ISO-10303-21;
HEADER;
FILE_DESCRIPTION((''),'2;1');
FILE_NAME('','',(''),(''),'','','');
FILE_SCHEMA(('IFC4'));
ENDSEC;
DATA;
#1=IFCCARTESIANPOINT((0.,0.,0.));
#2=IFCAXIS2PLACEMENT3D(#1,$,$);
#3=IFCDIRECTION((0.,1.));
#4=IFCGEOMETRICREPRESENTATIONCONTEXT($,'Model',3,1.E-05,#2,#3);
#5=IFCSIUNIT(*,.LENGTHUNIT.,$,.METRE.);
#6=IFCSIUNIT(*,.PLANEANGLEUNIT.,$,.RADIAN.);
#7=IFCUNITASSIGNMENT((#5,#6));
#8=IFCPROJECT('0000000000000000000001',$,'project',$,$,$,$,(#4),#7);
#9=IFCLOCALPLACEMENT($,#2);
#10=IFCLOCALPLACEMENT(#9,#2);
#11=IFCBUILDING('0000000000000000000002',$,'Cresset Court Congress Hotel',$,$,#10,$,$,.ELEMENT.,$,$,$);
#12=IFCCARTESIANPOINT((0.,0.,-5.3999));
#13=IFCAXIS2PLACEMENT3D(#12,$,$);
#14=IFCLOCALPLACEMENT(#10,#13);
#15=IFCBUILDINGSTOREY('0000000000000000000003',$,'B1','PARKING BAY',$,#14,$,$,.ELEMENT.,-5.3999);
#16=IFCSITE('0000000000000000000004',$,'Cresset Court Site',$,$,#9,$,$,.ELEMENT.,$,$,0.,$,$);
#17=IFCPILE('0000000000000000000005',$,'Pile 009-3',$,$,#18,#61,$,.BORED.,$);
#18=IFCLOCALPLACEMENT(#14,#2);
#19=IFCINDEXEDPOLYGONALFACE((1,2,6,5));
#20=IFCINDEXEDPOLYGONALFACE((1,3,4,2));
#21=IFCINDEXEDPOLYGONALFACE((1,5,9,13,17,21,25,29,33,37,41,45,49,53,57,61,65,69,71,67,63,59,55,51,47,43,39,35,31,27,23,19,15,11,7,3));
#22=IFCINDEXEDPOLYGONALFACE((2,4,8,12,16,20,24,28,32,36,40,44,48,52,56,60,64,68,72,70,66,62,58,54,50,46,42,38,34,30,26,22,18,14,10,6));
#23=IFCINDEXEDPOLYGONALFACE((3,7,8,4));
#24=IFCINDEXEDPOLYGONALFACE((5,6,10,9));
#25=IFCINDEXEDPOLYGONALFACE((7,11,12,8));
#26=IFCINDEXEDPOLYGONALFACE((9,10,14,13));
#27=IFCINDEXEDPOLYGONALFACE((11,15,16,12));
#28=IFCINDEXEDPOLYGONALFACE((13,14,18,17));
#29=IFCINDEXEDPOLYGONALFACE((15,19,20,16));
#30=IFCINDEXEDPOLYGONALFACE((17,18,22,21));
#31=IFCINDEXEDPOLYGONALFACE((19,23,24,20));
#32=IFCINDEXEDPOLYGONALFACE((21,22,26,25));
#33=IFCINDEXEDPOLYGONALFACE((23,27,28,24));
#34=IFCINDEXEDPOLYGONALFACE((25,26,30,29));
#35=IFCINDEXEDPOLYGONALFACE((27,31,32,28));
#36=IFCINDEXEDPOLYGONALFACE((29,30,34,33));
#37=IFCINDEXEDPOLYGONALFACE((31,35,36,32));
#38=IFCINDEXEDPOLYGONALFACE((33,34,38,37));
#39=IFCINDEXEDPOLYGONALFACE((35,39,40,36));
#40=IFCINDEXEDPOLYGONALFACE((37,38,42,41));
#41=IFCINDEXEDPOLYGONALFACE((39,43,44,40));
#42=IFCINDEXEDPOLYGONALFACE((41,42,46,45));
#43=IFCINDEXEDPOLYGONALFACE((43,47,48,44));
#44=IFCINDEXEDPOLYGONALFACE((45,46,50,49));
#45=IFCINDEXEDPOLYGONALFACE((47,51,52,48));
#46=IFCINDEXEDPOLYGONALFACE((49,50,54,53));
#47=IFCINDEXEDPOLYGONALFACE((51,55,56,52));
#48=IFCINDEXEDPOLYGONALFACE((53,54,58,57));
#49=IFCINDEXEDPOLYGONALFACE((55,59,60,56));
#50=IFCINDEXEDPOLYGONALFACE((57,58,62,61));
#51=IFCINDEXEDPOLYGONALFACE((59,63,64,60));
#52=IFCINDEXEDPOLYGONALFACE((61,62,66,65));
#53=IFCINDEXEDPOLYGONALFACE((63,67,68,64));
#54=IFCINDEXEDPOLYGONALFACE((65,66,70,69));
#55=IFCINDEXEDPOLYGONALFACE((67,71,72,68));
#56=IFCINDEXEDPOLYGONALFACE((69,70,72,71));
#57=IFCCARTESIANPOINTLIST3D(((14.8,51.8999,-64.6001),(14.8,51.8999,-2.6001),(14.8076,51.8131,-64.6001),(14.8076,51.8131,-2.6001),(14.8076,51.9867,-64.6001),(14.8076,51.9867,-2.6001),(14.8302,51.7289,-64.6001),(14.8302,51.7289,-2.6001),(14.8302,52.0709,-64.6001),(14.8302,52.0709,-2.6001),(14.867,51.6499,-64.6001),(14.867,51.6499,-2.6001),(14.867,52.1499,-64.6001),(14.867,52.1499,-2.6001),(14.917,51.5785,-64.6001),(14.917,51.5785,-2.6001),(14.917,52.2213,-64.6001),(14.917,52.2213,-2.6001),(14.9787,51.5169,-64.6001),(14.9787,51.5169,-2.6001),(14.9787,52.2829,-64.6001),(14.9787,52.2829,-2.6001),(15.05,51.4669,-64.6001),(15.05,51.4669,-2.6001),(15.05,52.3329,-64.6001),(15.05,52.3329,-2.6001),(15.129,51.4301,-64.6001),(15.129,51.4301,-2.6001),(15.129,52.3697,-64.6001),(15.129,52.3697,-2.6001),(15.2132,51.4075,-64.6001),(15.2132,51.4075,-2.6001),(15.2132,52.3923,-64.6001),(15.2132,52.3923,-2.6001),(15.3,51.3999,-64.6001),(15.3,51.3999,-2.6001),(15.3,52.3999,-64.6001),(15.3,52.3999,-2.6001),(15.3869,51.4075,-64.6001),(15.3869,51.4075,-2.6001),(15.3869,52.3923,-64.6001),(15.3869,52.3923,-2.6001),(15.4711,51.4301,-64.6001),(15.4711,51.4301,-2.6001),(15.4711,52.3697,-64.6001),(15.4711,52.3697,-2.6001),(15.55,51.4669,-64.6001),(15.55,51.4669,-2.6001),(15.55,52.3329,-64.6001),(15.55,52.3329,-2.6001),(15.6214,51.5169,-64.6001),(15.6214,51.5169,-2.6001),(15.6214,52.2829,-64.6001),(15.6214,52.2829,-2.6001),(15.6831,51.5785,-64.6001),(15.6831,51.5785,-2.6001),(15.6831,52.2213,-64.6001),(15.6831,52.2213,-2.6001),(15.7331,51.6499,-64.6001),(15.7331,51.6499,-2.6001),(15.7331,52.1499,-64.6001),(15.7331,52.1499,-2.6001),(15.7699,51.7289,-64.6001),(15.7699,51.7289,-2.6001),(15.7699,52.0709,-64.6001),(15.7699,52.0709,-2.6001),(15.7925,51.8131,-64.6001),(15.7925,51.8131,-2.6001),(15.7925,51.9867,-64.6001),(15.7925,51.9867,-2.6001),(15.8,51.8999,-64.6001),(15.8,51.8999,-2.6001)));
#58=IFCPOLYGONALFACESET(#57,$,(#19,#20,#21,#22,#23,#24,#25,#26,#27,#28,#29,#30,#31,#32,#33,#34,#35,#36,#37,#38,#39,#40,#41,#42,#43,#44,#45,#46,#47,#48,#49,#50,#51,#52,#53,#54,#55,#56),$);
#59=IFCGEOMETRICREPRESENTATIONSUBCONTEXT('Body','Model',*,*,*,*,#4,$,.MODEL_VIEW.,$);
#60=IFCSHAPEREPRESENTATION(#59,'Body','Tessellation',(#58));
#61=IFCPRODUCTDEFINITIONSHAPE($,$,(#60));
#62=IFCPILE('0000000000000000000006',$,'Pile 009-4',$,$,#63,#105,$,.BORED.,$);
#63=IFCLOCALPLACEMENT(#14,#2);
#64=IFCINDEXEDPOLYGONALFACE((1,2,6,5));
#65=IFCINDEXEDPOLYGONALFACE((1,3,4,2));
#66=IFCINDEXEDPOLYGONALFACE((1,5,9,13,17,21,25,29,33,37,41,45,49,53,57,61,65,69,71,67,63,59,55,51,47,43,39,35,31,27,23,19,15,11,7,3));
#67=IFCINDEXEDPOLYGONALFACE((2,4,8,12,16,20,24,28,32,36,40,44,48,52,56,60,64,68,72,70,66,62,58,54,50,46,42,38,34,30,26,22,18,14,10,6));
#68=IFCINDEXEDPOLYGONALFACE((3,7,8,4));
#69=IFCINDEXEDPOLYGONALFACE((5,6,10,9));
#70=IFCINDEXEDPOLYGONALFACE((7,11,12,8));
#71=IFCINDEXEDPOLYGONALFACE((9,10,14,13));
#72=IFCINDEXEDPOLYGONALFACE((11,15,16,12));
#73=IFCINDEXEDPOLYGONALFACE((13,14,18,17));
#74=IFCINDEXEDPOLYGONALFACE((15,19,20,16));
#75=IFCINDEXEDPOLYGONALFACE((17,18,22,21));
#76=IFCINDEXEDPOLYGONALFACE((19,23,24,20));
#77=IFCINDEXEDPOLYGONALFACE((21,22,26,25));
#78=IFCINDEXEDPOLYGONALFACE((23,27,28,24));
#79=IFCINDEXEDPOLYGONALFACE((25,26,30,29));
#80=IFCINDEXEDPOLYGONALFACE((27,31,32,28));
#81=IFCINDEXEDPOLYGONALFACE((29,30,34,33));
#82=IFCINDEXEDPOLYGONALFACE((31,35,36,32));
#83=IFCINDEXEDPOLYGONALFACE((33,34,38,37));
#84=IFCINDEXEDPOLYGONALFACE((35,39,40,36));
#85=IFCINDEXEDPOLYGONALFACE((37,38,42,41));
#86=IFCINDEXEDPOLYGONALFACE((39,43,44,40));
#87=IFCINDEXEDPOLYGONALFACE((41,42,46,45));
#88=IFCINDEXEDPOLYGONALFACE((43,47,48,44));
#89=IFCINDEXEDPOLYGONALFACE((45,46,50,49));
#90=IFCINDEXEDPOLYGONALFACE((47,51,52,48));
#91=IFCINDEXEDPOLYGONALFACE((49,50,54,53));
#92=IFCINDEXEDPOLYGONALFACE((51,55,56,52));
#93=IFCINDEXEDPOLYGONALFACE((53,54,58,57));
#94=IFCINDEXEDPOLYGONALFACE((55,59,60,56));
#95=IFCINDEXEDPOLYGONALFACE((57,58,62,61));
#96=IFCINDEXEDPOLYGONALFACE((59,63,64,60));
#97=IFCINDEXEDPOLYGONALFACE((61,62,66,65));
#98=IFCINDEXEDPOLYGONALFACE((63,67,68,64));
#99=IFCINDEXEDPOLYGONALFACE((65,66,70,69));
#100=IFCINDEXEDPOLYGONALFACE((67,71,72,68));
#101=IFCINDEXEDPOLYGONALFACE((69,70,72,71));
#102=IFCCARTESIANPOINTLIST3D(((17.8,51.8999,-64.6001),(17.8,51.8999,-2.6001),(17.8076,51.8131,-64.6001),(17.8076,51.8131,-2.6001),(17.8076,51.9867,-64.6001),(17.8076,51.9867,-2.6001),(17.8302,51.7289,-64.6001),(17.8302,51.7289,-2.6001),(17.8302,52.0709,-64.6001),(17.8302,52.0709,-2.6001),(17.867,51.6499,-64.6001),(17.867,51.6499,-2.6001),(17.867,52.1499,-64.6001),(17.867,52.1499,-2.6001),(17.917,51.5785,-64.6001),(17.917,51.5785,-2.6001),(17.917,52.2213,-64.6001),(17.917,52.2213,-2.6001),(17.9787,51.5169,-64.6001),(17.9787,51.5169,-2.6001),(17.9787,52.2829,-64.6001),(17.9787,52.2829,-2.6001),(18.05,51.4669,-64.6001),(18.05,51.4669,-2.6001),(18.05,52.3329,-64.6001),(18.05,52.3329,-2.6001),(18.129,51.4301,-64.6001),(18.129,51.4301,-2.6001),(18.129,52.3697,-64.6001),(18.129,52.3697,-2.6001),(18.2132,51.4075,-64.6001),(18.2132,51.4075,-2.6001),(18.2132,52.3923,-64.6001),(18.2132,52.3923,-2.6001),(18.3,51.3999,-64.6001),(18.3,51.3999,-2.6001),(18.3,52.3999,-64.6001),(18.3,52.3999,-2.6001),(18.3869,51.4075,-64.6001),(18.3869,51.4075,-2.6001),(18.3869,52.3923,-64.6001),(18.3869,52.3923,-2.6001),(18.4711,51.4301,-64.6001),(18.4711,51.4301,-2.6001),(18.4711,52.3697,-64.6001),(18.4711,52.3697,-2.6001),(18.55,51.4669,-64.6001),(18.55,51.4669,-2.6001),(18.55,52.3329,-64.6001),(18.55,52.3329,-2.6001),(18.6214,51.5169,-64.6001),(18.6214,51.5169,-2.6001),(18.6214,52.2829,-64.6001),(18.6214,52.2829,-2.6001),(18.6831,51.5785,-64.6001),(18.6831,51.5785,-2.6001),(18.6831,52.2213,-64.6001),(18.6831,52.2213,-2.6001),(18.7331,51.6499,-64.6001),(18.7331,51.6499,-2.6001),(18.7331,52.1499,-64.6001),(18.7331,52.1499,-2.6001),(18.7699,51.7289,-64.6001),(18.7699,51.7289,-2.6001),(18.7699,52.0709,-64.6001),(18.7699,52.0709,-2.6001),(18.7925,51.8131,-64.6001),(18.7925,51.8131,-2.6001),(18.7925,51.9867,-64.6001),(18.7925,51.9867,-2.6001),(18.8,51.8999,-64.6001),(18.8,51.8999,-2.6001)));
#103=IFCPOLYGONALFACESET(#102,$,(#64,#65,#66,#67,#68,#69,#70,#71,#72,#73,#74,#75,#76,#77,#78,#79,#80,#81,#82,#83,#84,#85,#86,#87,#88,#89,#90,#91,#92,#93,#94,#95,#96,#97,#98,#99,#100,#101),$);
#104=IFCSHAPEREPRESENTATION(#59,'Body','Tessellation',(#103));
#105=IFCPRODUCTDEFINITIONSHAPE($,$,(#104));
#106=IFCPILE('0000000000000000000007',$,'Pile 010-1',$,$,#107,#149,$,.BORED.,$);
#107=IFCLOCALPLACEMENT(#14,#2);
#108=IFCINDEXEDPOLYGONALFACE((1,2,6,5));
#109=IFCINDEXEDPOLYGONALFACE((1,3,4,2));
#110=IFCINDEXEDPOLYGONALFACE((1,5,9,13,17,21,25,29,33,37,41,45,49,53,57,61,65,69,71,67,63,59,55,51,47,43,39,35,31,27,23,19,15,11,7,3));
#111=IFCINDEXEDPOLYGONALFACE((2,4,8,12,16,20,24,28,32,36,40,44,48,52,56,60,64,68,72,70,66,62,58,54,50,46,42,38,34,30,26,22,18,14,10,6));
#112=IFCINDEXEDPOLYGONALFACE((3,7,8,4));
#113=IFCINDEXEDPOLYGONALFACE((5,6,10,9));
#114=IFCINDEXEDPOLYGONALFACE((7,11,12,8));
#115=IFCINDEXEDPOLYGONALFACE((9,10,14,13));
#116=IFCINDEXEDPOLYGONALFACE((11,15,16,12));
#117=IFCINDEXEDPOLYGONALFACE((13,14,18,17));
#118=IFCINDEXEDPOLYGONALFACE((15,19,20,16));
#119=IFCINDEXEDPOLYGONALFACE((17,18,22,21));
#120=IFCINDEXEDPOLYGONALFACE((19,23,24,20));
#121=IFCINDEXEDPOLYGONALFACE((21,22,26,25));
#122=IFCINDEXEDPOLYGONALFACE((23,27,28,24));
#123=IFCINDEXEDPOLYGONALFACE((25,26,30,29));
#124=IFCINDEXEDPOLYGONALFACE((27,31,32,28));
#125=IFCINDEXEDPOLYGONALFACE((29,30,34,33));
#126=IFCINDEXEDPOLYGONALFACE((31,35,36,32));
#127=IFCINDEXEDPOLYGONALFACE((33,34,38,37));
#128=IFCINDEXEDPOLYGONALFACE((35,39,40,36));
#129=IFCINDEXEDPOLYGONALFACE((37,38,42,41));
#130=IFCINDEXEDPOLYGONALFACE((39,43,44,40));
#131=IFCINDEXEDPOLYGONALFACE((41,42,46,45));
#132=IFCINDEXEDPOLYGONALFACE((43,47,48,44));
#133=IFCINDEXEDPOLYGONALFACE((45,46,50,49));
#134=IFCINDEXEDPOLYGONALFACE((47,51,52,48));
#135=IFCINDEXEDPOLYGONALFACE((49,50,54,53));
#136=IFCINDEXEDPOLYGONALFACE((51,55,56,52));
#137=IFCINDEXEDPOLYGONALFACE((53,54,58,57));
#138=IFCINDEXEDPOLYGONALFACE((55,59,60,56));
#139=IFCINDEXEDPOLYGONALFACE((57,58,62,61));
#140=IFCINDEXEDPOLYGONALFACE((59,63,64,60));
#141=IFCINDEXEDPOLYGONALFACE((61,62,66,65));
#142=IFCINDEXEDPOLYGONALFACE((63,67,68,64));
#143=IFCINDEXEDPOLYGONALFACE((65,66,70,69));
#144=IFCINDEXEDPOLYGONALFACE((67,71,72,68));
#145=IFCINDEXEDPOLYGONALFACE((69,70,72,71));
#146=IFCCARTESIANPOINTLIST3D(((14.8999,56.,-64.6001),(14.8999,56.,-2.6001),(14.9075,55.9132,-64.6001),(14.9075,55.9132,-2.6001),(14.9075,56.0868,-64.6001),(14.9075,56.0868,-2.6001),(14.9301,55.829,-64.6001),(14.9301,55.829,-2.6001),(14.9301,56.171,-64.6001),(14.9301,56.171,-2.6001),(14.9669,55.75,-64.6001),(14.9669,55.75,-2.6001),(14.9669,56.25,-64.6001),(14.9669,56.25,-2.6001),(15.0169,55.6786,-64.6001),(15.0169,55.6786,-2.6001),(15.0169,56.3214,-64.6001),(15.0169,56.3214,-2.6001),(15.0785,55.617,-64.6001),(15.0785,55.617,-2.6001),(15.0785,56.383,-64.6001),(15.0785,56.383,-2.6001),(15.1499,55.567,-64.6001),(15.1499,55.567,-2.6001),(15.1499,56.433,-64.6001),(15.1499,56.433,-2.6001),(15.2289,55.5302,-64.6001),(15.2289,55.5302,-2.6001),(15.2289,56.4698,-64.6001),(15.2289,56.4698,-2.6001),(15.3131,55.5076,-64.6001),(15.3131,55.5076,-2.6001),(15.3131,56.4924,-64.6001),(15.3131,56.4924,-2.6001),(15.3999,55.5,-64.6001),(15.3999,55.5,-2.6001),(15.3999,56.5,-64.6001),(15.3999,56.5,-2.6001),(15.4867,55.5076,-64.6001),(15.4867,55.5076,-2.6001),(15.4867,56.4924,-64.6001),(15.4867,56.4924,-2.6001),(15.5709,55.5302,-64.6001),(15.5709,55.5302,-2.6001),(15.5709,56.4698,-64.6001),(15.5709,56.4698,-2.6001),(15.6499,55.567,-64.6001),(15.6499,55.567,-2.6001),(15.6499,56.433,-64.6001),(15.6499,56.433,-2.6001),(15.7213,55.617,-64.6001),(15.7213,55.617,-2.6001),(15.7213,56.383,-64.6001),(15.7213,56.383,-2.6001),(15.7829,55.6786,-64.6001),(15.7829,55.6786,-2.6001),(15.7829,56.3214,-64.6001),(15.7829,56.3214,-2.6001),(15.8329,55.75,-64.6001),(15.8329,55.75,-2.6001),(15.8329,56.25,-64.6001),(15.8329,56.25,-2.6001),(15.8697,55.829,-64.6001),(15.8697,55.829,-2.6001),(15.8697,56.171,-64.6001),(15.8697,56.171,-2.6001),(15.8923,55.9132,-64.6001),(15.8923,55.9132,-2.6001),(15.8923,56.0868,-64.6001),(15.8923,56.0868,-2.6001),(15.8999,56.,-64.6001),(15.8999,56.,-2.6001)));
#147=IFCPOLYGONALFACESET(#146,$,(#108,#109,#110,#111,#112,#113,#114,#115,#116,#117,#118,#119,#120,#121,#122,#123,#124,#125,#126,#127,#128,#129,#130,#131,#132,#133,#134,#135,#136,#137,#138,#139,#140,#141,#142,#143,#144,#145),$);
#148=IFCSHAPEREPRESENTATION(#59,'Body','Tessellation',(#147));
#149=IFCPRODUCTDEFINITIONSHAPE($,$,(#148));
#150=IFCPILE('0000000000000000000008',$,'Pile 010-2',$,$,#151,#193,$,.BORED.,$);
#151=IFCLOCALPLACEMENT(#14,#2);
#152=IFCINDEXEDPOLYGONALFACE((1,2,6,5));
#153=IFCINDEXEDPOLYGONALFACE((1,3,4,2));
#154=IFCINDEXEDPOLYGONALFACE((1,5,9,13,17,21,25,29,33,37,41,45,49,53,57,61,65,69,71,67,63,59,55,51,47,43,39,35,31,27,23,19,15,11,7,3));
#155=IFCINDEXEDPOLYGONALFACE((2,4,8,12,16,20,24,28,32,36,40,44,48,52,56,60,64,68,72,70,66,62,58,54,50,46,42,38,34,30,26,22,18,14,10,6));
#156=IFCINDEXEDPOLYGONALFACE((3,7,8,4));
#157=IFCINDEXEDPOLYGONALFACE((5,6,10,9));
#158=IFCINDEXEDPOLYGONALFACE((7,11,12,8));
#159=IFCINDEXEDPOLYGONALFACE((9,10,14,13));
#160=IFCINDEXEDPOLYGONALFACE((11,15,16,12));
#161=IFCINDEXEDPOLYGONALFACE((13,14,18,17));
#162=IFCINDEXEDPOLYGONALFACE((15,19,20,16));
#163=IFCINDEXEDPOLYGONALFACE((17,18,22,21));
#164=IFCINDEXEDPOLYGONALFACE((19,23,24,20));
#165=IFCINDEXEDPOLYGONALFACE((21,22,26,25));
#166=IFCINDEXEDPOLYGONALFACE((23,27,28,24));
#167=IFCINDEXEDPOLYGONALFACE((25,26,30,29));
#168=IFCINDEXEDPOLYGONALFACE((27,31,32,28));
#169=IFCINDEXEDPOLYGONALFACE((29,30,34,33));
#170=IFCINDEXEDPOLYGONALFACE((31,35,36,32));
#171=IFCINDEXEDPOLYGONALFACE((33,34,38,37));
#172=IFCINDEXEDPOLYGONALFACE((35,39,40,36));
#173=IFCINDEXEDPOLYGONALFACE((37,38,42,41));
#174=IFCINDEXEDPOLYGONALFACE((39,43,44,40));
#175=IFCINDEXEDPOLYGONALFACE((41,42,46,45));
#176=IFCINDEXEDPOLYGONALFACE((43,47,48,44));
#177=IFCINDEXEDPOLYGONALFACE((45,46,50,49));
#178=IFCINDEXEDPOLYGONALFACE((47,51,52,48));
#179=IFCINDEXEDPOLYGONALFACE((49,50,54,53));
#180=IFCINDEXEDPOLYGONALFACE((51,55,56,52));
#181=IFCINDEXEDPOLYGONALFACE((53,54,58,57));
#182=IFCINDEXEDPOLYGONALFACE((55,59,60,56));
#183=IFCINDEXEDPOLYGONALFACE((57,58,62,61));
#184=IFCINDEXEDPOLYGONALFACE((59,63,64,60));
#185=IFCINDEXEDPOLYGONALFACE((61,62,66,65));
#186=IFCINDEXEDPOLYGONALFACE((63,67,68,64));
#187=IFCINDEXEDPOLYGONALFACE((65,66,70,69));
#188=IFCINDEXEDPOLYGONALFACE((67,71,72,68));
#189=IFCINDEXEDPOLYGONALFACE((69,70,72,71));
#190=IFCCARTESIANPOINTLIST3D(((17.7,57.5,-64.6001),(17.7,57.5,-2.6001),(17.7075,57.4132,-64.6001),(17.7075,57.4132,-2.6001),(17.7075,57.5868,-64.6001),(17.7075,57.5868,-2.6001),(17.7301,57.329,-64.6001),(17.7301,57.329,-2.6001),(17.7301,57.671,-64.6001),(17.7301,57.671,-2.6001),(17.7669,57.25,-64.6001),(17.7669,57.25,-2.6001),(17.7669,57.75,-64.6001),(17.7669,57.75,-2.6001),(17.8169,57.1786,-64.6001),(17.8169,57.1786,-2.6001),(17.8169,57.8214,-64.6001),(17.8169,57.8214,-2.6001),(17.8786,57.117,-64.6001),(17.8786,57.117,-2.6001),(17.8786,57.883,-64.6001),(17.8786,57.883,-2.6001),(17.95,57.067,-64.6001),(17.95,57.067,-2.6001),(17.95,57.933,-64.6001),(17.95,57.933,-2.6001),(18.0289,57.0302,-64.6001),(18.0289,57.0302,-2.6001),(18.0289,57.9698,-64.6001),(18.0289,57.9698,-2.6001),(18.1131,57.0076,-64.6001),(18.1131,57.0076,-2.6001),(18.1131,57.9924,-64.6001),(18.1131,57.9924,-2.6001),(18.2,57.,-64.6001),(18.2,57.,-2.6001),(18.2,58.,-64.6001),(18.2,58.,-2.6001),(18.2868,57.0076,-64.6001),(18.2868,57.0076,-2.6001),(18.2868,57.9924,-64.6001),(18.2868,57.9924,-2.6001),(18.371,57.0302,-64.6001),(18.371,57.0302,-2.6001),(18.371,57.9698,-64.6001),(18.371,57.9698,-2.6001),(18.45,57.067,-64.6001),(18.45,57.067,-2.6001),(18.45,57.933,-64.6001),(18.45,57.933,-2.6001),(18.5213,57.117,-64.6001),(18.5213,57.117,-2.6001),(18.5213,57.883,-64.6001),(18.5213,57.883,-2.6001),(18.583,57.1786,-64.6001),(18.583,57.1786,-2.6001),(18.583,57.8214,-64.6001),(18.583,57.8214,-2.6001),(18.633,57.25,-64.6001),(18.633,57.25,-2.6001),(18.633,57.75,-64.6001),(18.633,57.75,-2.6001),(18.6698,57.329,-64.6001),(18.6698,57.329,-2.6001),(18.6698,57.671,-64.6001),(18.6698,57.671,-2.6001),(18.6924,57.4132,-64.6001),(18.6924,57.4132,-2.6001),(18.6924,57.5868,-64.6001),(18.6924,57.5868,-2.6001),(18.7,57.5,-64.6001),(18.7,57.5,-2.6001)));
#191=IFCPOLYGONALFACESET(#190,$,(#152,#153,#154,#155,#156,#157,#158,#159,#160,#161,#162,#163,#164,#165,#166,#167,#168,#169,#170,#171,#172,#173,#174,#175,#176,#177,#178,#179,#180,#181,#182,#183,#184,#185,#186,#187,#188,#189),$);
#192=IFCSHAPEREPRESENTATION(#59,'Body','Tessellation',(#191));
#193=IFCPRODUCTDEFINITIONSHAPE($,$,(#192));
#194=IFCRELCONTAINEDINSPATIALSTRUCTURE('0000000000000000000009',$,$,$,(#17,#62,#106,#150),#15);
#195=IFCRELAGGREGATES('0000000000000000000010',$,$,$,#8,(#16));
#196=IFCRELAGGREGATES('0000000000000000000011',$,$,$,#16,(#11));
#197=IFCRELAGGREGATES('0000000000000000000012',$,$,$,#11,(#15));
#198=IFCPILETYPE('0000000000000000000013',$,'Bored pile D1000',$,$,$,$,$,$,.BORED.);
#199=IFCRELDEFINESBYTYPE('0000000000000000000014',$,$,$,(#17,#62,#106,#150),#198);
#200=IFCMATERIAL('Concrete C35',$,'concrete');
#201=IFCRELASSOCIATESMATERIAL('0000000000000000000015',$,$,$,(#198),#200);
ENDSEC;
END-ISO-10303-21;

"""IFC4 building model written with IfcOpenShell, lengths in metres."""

from ifc_helpers import new_model, si_unit, direction, frame, origin, origin_2d, place, context, subcontext, project, spatial, circle, extrude, material, type_object, element, save


model = new_model("IFC4")

# Units and contexts
model_context = context("Model", 3, precision=1e-05, world=origin(), true_north=direction((0.0, 1.0)))
body_context = subcontext(model_context, "Body", "Model", "MODEL_VIEW")
ifc_project = project(units=[si_unit("LENGTHUNIT", "METRE"), si_unit("PLANEANGLEUNIT", "RADIAN")], contexts=[model_context])

# Site, building, storey
site_placement = place(None, origin())
site = spatial("IfcSite", under=ifc_project, at=site_placement, Name="Cresset Court Site", CompositionType="ELEMENT", RefElevation=0.0)
building_placement = place(site_placement, origin())
building = spatial("IfcBuilding", under=site, at=building_placement, Name="Cresset Court Congress Hotel", CompositionType="ELEMENT")
storey_placement = place(building_placement, frame((0.0, 0.0, -5.3999)))
storey = spatial("IfcBuildingStorey", under=building, at=storey_placement, Name="B1", Description="PARKING BAY", CompositionType="ELEMENT", Elevation=-5.3999)

# Piles
ifc_material_1 = material(Name="Concrete C35", Category="concrete")
pile_type = type_object("IfcPileType", Name="Bored pile D1000", PredefinedType="BORED", material=ifc_material_1)
for number, where, z_axis, x_axis, name in (
    (1, (15.3, 51.8999, -2.6001), (0.0, 0.0, -1.0), (1.0, 0.0, 0.0), "Pile 009-3"),
    (2, (18.3, 51.8999, -2.6001), (0.0, 0.0, -1.0), (1.0, 0.0, 0.0), "Pile 009-4"),
    (3, (15.3999, 56.0, -2.6001), (0.0, 0.0, -1.0), (1.0, 0.0, 0.0), "Pile 010-1"),
    (4, (18.2, 57.5, -2.6001), (0.0, 0.0, -1.0), (1.0, 0.0, 0.0), "Pile 010-2"),
):
    element("IfcPile", number, at=place(storey_placement, frame(where, z_axis=z_axis, x_axis=x_axis)), inside=storey, type_object=pile_type, Name=name, PredefinedType="BORED", context=body_context, shape_type="SweptSolid", body=[
        extrude(circle(Radius=0.5, at=origin_2d()), origin(), (0.0, 0.0, 1.0), 62.0),
    ])

save(model, "model.ifc")
